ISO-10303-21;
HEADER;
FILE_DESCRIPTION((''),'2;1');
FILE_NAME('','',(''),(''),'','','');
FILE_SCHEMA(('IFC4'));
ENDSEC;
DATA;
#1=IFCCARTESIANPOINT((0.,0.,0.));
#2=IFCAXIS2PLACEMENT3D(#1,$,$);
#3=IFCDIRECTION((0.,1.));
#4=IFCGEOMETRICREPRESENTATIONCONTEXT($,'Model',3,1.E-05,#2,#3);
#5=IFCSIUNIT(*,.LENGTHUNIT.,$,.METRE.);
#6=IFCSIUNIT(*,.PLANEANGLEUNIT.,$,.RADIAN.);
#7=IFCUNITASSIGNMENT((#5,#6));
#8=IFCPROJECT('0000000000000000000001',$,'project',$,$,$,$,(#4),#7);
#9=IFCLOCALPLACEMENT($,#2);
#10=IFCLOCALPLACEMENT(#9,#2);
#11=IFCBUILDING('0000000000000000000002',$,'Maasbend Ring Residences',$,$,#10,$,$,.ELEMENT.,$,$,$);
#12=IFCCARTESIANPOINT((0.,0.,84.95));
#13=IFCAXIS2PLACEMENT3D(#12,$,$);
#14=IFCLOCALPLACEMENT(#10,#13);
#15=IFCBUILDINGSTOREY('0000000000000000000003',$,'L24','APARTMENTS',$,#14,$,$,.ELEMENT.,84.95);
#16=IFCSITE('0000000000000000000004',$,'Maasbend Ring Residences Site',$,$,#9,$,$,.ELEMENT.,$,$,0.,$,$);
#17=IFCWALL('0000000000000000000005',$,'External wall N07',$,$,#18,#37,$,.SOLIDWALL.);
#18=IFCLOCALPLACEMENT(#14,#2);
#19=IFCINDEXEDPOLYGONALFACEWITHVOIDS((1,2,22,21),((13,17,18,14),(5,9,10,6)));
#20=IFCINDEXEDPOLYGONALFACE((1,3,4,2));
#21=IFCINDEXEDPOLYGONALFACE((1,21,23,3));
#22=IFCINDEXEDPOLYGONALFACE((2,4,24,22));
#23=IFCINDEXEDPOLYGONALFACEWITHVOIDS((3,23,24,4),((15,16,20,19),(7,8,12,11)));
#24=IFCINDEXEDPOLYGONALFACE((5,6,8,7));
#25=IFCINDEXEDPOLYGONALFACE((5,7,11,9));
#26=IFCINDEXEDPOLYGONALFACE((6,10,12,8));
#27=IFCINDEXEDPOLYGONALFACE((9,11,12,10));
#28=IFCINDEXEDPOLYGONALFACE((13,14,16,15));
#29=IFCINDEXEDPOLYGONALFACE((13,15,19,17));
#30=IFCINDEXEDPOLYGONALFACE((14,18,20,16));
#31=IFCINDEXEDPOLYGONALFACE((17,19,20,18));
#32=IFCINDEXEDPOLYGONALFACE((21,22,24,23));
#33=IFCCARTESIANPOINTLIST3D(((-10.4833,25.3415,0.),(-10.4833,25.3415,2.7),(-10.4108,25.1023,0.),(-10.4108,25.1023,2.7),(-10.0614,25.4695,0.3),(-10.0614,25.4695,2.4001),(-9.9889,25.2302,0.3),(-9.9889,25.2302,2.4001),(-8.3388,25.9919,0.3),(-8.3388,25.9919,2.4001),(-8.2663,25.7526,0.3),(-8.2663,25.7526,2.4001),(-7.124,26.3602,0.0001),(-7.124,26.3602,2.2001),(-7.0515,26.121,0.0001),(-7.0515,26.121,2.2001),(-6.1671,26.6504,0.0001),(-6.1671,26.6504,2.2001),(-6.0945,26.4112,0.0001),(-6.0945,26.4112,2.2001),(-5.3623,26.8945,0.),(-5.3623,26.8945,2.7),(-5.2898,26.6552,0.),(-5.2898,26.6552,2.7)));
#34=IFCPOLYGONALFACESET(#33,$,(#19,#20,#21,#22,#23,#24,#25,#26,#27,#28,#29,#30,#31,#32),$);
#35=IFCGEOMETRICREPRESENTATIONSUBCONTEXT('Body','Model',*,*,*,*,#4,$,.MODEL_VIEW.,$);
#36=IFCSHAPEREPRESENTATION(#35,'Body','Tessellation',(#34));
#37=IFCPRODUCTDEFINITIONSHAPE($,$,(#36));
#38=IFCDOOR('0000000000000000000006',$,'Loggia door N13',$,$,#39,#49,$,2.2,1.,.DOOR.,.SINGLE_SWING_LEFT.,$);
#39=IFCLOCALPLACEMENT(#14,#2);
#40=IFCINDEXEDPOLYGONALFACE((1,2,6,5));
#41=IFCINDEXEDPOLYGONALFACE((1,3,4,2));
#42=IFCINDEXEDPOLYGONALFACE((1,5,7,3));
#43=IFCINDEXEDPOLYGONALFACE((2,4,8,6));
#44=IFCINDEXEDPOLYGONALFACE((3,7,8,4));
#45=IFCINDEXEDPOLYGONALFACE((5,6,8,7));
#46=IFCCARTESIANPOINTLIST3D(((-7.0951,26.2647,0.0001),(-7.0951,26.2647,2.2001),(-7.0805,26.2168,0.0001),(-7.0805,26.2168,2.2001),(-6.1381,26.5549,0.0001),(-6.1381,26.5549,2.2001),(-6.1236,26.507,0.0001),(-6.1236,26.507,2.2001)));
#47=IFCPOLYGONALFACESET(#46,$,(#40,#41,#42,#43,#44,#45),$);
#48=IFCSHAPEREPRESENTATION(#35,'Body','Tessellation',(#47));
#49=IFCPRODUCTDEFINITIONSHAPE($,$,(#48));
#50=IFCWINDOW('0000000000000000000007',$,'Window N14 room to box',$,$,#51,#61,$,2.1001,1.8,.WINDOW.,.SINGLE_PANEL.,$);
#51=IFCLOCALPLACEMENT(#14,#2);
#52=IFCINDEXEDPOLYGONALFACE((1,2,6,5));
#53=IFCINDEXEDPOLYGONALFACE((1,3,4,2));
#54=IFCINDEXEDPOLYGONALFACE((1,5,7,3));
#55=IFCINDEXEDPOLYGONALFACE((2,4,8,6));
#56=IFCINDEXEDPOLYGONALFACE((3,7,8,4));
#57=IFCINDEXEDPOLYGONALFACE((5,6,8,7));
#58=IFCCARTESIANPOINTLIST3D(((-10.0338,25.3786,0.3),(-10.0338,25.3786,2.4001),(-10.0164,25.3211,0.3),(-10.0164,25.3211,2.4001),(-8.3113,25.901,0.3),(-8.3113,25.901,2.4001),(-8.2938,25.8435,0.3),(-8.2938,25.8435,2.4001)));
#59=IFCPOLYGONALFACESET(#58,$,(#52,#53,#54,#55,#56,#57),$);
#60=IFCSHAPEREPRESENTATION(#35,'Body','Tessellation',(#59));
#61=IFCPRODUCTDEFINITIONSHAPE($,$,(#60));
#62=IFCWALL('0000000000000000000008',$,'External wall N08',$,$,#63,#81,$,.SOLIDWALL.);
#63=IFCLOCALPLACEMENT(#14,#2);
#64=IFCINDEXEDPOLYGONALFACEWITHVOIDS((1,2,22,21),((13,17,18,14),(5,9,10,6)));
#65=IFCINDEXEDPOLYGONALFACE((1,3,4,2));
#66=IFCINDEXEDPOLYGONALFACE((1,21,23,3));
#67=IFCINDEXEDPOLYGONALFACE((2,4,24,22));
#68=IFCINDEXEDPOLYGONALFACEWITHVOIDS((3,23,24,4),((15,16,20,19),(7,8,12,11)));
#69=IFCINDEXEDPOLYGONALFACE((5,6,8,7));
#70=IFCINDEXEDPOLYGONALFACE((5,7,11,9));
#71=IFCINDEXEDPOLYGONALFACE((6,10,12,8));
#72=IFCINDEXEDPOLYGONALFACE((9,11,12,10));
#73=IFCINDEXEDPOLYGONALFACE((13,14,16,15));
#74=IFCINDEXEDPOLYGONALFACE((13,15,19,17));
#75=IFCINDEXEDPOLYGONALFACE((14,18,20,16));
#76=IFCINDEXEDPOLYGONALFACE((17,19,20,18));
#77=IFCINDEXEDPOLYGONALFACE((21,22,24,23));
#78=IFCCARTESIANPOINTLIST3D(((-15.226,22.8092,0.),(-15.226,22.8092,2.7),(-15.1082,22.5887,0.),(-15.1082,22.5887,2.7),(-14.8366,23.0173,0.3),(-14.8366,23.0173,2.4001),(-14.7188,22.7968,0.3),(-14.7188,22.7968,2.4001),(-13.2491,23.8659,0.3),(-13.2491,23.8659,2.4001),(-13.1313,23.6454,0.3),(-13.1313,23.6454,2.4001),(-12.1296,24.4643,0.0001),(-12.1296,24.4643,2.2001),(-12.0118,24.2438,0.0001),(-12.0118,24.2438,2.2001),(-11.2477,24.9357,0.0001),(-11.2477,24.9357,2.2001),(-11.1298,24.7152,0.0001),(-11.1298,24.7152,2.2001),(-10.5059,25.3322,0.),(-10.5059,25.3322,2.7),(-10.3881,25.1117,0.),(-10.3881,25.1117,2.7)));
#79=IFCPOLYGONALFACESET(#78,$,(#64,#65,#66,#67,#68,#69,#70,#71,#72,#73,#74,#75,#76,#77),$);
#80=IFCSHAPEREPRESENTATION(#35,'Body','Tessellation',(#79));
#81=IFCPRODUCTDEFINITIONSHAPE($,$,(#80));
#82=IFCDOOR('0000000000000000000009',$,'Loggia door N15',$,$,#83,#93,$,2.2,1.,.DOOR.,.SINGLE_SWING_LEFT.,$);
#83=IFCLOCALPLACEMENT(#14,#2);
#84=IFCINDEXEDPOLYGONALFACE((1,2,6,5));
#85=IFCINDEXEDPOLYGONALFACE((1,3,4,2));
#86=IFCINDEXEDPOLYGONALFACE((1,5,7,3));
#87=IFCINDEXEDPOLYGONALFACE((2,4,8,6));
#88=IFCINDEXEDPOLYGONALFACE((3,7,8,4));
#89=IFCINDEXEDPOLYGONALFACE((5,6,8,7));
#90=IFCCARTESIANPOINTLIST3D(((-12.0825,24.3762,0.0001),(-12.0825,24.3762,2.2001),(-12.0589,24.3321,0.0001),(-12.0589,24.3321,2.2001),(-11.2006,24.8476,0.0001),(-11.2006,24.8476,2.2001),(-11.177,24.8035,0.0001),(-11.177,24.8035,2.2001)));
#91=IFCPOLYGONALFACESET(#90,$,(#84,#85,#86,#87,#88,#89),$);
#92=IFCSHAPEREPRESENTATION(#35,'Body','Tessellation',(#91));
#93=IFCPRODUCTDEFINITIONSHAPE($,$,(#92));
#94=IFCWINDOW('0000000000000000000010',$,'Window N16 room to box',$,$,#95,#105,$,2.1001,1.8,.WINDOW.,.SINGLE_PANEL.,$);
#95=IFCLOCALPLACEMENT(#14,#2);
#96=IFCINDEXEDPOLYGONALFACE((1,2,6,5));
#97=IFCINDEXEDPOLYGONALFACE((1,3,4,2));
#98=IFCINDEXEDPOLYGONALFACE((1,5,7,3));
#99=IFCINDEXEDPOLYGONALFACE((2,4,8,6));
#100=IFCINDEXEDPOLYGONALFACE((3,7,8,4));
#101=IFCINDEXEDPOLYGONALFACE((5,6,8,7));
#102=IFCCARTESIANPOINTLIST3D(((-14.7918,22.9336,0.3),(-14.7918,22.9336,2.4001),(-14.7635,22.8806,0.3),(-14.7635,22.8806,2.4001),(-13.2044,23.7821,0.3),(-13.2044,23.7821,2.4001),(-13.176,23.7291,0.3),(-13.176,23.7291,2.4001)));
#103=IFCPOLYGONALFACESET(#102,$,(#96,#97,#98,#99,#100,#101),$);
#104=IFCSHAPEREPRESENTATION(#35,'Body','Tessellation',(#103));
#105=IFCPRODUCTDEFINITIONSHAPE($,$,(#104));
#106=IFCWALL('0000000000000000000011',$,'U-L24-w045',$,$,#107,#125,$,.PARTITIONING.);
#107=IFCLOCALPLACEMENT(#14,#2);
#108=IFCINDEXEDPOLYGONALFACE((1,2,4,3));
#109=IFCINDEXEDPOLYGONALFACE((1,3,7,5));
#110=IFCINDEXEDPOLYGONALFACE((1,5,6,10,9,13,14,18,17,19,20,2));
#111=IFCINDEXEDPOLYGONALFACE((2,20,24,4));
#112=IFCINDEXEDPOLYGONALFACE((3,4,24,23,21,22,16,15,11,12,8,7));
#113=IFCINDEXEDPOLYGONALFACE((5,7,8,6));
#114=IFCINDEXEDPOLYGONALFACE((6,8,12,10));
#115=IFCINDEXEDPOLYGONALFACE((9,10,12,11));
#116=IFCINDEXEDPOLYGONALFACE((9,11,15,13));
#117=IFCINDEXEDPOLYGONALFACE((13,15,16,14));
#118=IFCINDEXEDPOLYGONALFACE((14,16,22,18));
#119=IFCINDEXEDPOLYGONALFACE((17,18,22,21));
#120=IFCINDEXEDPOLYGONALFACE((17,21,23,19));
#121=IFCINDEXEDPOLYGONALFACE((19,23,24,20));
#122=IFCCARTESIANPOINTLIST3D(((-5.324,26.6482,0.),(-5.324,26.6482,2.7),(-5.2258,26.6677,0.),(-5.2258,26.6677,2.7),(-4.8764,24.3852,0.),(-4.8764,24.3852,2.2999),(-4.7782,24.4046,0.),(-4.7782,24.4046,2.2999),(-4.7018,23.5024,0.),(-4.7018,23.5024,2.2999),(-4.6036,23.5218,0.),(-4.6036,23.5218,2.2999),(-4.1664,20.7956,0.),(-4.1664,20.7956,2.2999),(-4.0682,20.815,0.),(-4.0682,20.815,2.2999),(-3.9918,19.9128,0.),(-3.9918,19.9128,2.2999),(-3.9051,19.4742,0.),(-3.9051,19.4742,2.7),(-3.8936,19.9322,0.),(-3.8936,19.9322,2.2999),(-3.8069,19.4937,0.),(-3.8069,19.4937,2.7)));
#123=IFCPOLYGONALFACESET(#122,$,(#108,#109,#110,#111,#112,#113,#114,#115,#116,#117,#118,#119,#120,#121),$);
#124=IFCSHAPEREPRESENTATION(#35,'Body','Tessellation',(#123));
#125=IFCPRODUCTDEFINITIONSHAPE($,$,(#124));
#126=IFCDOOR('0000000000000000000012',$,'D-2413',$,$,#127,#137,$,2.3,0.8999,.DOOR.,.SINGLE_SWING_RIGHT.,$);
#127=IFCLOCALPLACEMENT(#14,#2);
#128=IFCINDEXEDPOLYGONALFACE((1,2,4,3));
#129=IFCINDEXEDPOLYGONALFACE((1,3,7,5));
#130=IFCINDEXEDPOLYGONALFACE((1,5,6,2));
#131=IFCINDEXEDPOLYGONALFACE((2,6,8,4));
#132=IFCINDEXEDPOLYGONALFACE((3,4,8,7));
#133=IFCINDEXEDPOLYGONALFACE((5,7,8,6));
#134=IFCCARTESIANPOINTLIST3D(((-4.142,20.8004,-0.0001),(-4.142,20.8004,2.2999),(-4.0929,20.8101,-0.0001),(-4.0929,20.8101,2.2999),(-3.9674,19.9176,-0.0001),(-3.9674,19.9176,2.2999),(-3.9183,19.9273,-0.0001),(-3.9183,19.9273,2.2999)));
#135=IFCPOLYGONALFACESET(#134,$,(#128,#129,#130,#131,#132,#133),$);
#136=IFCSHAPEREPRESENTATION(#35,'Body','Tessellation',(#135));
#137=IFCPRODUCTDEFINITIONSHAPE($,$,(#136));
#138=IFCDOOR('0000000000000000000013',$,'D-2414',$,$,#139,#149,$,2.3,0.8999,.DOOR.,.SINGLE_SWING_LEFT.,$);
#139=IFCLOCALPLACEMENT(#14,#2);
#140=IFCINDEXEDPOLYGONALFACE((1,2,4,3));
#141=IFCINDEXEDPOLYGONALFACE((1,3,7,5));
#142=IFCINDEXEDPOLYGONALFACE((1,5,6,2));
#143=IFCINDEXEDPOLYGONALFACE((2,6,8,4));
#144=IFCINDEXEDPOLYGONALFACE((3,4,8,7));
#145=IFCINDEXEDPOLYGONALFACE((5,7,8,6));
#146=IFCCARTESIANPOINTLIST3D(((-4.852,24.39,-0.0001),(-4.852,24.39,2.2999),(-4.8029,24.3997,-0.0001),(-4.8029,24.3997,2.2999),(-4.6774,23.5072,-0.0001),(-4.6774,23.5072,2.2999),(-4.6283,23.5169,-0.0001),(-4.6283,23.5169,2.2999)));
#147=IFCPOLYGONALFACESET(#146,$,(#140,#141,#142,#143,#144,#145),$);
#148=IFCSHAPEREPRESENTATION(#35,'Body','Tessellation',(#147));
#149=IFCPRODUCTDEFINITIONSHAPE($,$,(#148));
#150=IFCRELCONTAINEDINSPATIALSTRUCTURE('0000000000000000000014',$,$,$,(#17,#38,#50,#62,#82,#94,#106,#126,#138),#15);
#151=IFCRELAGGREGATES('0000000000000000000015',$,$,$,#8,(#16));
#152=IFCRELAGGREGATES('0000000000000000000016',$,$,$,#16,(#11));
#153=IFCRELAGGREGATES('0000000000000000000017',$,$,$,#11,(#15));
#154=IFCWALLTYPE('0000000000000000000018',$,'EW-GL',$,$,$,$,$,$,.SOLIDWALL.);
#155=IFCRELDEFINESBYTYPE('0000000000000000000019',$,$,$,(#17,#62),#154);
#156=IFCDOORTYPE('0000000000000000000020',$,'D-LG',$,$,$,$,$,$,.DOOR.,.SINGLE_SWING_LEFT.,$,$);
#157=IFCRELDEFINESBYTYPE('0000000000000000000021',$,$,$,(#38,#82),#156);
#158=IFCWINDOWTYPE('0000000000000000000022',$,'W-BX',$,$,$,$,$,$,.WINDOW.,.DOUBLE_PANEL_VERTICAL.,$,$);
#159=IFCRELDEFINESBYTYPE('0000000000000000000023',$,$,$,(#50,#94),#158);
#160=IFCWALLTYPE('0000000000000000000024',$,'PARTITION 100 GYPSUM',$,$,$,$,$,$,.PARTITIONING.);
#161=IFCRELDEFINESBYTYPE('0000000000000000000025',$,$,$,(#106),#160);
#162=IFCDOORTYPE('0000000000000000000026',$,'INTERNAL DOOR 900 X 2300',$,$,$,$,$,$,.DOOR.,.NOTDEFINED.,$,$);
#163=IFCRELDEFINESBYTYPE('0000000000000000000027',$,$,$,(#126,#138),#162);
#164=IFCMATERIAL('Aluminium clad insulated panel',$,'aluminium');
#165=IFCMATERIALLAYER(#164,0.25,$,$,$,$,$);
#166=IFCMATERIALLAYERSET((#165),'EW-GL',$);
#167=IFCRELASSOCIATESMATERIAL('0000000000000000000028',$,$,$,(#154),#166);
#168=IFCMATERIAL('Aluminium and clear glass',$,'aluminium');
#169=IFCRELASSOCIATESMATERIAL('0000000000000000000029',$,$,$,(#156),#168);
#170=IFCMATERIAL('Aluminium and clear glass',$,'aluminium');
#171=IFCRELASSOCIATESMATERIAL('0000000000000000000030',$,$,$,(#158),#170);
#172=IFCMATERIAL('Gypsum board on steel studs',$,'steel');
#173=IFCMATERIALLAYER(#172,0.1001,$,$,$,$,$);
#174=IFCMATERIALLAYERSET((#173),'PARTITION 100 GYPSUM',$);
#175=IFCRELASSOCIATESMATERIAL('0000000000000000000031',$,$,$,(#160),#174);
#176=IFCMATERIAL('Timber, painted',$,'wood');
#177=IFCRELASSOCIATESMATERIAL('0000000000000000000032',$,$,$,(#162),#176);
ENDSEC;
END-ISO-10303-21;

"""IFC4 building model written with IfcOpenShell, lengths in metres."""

from ifc_helpers import new_model, si_unit, direction, frame, frame_2d, origin, place, context, subcontext, project, spatial, rectangle, extrude, material, layer, layer_set, type_object, element, fill, save


model = new_model("IFC4")

# Units and contexts
model_context = context("Model", 3, precision=1e-05, world=origin(), true_north=direction((0.0, 1.0)))
body_context = subcontext(model_context, "Body", "Model", "MODEL_VIEW")
ifc_project = project(units=[si_unit("LENGTHUNIT", "METRE"), si_unit("PLANEANGLEUNIT", "RADIAN")], contexts=[model_context])

# Site, building, storey
site_placement = place(None, origin())
site = spatial("IfcSite", under=ifc_project, at=site_placement, Name="Maasbend Ring Residences Site", CompositionType="ELEMENT", RefElevation=0.0)
building_placement = place(site_placement, origin())
building = spatial("IfcBuilding", under=site, at=building_placement, Name="Maasbend Ring Residences", CompositionType="ELEMENT")
storey_placement = place(building_placement, frame((0.0, 0.0, 84.95)))
storey = spatial("IfcBuildingStorey", under=building, at=storey_placement, Name="L24", Description="APARTMENTS", CompositionType="ELEMENT", Elevation=84.95)

# Walls, openings, doors, windows
ifc_material_1 = material(Name="Aluminium clad insulated panel", Category="aluminium")
ifc_layer_1 = layer(ifc_material_1, 0.25)
ifc_layer_set_1 = layer_set([ifc_layer_1], Name="EW-GL")
wall_type_1 = type_object("IfcWallType", Name="EW-GL", PredefinedType="SOLIDWALL", material=ifc_layer_set_1)
wall_1_placement = place(storey_placement, frame((-5.3259, 26.7749, 0.0), z_axis=(0.0, 0.0, 1.0), x_axis=(-0.956966, -0.290201, 0.0)))
wall_1 = element("IfcWall", 1, at=wall_1_placement, inside=storey, type_object=wall_type_1, Name="External wall N07", PredefinedType="SOLIDWALL", context=body_context, shape_type="SweptSolid", body=[
    extrude(rectangle(XDim=5.3513, YDim=0.25, at=frame_2d((2.6758, 0.0))), origin(), (0.0, 0.0, 1.0), 2.7),
])
opening_1_placement = place(wall_1_placement, frame((0.8411, 0.0, 0.0)))
opening_1 = element("IfcOpeningElement", 2, at=opening_1_placement, cuts=wall_1, PredefinedType="OPENING", context=body_context, shape_type="SweptSolid", body=[
    extrude(rectangle(XDim=1.0, YDim=2.2, at=frame_2d((0.5, 1.1001))), frame((0.0, 0.135, 0.0), z_axis=(0.0, -1.0, 0.0), x_axis=(1.0, 0.0, 0.0)), (0.0, 0.0, 1.0), 0.27),
])
opening_2_placement = place(wall_1_placement, frame((3.1106, 0.0, 0.3)))
opening_2 = element("IfcOpeningElement", 3, at=opening_2_placement, cuts=wall_1, PredefinedType="OPENING", context=body_context, shape_type="SweptSolid", body=[
    extrude(rectangle(XDim=1.8, YDim=2.1001, at=frame_2d((0.8999, 1.05))), frame((0.0, 0.135, 0.0), z_axis=(0.0, -1.0, 0.0), x_axis=(1.0, 0.0, 0.0)), (0.0, 0.0, 1.0), 0.27),
])
ifc_material_2 = material(Name="Aluminium and clear glass", Category="aluminium")
door_type_1 = type_object("IfcDoorType", Name="D-LG", OperationType="SINGLE_SWING_LEFT", PredefinedType="DOOR", material=ifc_material_2)
door_1_placement = place(opening_1_placement, origin())
door_1 = element("IfcDoor", 4, at=door_1_placement, inside=storey, type_object=door_type_1, Name="Loggia door N13", OperationType="SINGLE_SWING_LEFT", OverallHeight=2.2, OverallWidth=1.0, PredefinedType="DOOR", context=body_context, shape_type="SweptSolid", body=[
    extrude(rectangle(XDim=1.0, YDim=2.2, at=frame_2d((0.5, 1.1001))), frame((0.0, 0.0249, 0.0), z_axis=(0.0, -1.0, 0.0), x_axis=(1.0, 0.0, 0.0)), (0.0, 0.0, 1.0), 0.05),
])
fill(opening_1, door_1)
ifc_material_3 = material(Name="Aluminium and clear glass", Category="aluminium")
window_type_1 = type_object("IfcWindowType", Name="W-BX", PartitioningType="DOUBLE_PANEL_VERTICAL", PredefinedType="WINDOW", material=ifc_material_3)
window_1_placement = place(opening_2_placement, origin())
window_1 = element("IfcWindow", 5, at=window_1_placement, inside=storey, type_object=window_type_1, Name="Window N14 room to box", OverallHeight=2.1001, OverallWidth=1.8, PartitioningType="SINGLE_PANEL", PredefinedType="WINDOW", context=body_context, shape_type="SweptSolid", body=[
    extrude(rectangle(XDim=1.8, YDim=2.1001, at=frame_2d((0.8999, 1.05))), frame((0.0, 0.03, 0.0), z_axis=(0.0, -1.0, 0.0), x_axis=(1.0, 0.0, 0.0)), (0.0, 0.0, 1.0), 0.0601),
])
fill(opening_2, window_1)
wall_2_placement = place(storey_placement, frame((-10.447, 25.2219, 0.0), z_axis=(0.0, 0.0, 1.0), x_axis=(-0.881916, -0.471407, 0.0)))
wall_2 = element("IfcWall", 6, at=wall_2_placement, inside=storey, type_object=wall_type_1, Name="External wall N08", PredefinedType="SOLIDWALL", context=body_context, shape_type="SweptSolid", body=[
    extrude(rectangle(XDim=5.3521, YDim=0.25, at=frame_2d((2.676, 0.0))), origin(), (0.0, 0.0, 1.0), 2.7),
])
opening_3_placement = place(wall_2_placement, frame((0.8411, 0.0, 0.0)))
opening_3 = element("IfcOpeningElement", 7, at=opening_3_placement, cuts=wall_2, PredefinedType="OPENING", context=body_context, shape_type="SweptSolid", body=[
    extrude(rectangle(XDim=1.0, YDim=2.2, at=frame_2d((0.5, 1.1001))), frame((0.0, 0.135, 0.0), z_axis=(0.0, -1.0, 0.0), x_axis=(1.0, 0.0, 0.0)), (0.0, 0.0, 1.0), 0.27),
])
opening_4_placement = place(wall_2_placement, frame((3.1106, 0.0, 0.3)))
opening_4 = element("IfcOpeningElement", 8, at=opening_4_placement, cuts=wall_2, PredefinedType="OPENING", context=body_context, shape_type="SweptSolid", body=[
    extrude(rectangle(XDim=1.8, YDim=2.1001, at=frame_2d((0.8999, 1.05))), frame((0.0, 0.135, 0.0), z_axis=(0.0, -1.0, 0.0), x_axis=(1.0, 0.0, 0.0)), (0.0, 0.0, 1.0), 0.27),
])
door_2_placement = place(opening_3_placement, origin())
door_2 = element("IfcDoor", 9, at=door_2_placement, inside=storey, type_object=door_type_1, Name="Loggia door N15", OperationType="SINGLE_SWING_LEFT", OverallHeight=2.2, OverallWidth=1.0, PredefinedType="DOOR", context=body_context, shape_type="SweptSolid", body=[
    extrude(rectangle(XDim=1.0, YDim=2.2, at=frame_2d((0.5, 1.1001))), frame((0.0, 0.0249, 0.0), z_axis=(0.0, -1.0, 0.0), x_axis=(1.0, 0.0, 0.0)), (0.0, 0.0, 1.0), 0.05),
])
fill(opening_3, door_2)
window_2_placement = place(opening_4_placement, origin())
window_2 = element("IfcWindow", 10, at=window_2_placement, inside=storey, type_object=window_type_1, Name="Window N16 room to box", OverallHeight=2.1001, OverallWidth=1.8, PartitioningType="SINGLE_PANEL", PredefinedType="WINDOW", context=body_context, shape_type="SweptSolid", body=[
    extrude(rectangle(XDim=1.8, YDim=2.1001, at=frame_2d((0.8999, 1.05))), frame((0.0, 0.03, 0.0), z_axis=(0.0, -1.0, 0.0), x_axis=(1.0, 0.0, 0.0)), (0.0, 0.0, 1.0), 0.0601),
])
fill(opening_4, window_2)

# Wall, openings, doors
ifc_material_4 = material(Name="Gypsum board on steel studs", Category="steel")
ifc_layer_2 = layer(ifc_material_4, 0.1001)
ifc_layer_set_2 = layer_set([ifc_layer_2], Name="PARTITION 100 GYPSUM")
wall_type_2 = type_object("IfcWallType", Name="PARTITION 100 GYPSUM", PredefinedType="PARTITIONING", material=ifc_layer_set_2)
wall_3_placement = place(storey_placement, frame((-5.2749, 26.658, 0.0), z_axis=(0.0, 0.0, 1.0), x_axis=(0.194029, -0.980996, 0.0)))
wall_3 = element("IfcWall", 11, at=wall_3_placement, inside=storey, type_object=wall_type_2, Name="U-L24-w045", PredefinedType="PARTITIONING", context=body_context, shape_type="SweptSolid", body=[
    extrude(rectangle(XDim=7.313, YDim=0.1001, at=frame_2d((3.6565, 0.0))), origin(), (0.0, 0.0, 1.0), 2.7),
])
opening_5_placement = place(wall_3_placement, frame((5.9661, 0.0, 0.0)))
opening_5 = element("IfcOpeningElement", 12, at=opening_5_placement, cuts=wall_3, PredefinedType="OPENING", context=body_context, shape_type="SweptSolid", body=[
    extrude(rectangle(XDim=0.8999, YDim=2.3, at=frame_2d((0.45, 1.1499))), frame((0.0, 0.0601, 0.0), z_axis=(0.0, -1.0, 0.0), x_axis=(1.0, 0.0, 0.0)), (0.0, 0.0, 1.0), 0.1201),
])
opening_6_placement = place(wall_3_placement, frame((2.3069, 0.0, 0.0)))
opening_6 = element("IfcOpeningElement", 13, at=opening_6_placement, cuts=wall_3, PredefinedType="OPENING", context=body_context, shape_type="SweptSolid", body=[
    extrude(rectangle(XDim=0.8999, YDim=2.3, at=frame_2d((0.45, 1.1499))), frame((0.0, 0.0601, 0.0), z_axis=(0.0, -1.0, 0.0), x_axis=(1.0, 0.0, 0.0)), (0.0, 0.0, 1.0), 0.1201),
])
ifc_material_5 = material(Name="Timber, painted", Category="wood")
door_type_2 = type_object("IfcDoorType", Name="INTERNAL DOOR 900 X 2300", OperationType="NOTDEFINED", PredefinedType="DOOR", material=ifc_material_5)
door_3_placement = place(opening_5_placement, origin())
door_3 = element("IfcDoor", 14, at=door_3_placement, inside=storey, type_object=door_type_2, Name="D-2413", OperationType="SINGLE_SWING_RIGHT", OverallHeight=2.3, OverallWidth=0.8999, PredefinedType="DOOR", context=body_context, shape_type="SweptSolid", body=[
    extrude(rectangle(XDim=0.8999, YDim=2.3, at=frame_2d((0.45, 1.1499))), frame((0.0, 0.0249, 0.0), z_axis=(0.0, -1.0, 0.0), x_axis=(1.0, 0.0, 0.0)), (0.0, 0.0, 1.0), 0.05),
])
fill(opening_5, door_3)
door_4_placement = place(opening_6_placement, origin())
door_4 = element("IfcDoor", 15, at=door_4_placement, inside=storey, type_object=door_type_2, Name="D-2414", OperationType="SINGLE_SWING_LEFT", OverallHeight=2.3, OverallWidth=0.8999, PredefinedType="DOOR", context=body_context, shape_type="SweptSolid", body=[
    extrude(rectangle(XDim=0.8999, YDim=2.3, at=frame_2d((0.45, 1.1499))), frame((0.0, 0.0249, 0.0), z_axis=(0.0, -1.0, 0.0), x_axis=(1.0, 0.0, 0.0)), (0.0, 0.0, 1.0), 0.05),
])
fill(opening_6, door_4)

save(model, "model.ifc")
